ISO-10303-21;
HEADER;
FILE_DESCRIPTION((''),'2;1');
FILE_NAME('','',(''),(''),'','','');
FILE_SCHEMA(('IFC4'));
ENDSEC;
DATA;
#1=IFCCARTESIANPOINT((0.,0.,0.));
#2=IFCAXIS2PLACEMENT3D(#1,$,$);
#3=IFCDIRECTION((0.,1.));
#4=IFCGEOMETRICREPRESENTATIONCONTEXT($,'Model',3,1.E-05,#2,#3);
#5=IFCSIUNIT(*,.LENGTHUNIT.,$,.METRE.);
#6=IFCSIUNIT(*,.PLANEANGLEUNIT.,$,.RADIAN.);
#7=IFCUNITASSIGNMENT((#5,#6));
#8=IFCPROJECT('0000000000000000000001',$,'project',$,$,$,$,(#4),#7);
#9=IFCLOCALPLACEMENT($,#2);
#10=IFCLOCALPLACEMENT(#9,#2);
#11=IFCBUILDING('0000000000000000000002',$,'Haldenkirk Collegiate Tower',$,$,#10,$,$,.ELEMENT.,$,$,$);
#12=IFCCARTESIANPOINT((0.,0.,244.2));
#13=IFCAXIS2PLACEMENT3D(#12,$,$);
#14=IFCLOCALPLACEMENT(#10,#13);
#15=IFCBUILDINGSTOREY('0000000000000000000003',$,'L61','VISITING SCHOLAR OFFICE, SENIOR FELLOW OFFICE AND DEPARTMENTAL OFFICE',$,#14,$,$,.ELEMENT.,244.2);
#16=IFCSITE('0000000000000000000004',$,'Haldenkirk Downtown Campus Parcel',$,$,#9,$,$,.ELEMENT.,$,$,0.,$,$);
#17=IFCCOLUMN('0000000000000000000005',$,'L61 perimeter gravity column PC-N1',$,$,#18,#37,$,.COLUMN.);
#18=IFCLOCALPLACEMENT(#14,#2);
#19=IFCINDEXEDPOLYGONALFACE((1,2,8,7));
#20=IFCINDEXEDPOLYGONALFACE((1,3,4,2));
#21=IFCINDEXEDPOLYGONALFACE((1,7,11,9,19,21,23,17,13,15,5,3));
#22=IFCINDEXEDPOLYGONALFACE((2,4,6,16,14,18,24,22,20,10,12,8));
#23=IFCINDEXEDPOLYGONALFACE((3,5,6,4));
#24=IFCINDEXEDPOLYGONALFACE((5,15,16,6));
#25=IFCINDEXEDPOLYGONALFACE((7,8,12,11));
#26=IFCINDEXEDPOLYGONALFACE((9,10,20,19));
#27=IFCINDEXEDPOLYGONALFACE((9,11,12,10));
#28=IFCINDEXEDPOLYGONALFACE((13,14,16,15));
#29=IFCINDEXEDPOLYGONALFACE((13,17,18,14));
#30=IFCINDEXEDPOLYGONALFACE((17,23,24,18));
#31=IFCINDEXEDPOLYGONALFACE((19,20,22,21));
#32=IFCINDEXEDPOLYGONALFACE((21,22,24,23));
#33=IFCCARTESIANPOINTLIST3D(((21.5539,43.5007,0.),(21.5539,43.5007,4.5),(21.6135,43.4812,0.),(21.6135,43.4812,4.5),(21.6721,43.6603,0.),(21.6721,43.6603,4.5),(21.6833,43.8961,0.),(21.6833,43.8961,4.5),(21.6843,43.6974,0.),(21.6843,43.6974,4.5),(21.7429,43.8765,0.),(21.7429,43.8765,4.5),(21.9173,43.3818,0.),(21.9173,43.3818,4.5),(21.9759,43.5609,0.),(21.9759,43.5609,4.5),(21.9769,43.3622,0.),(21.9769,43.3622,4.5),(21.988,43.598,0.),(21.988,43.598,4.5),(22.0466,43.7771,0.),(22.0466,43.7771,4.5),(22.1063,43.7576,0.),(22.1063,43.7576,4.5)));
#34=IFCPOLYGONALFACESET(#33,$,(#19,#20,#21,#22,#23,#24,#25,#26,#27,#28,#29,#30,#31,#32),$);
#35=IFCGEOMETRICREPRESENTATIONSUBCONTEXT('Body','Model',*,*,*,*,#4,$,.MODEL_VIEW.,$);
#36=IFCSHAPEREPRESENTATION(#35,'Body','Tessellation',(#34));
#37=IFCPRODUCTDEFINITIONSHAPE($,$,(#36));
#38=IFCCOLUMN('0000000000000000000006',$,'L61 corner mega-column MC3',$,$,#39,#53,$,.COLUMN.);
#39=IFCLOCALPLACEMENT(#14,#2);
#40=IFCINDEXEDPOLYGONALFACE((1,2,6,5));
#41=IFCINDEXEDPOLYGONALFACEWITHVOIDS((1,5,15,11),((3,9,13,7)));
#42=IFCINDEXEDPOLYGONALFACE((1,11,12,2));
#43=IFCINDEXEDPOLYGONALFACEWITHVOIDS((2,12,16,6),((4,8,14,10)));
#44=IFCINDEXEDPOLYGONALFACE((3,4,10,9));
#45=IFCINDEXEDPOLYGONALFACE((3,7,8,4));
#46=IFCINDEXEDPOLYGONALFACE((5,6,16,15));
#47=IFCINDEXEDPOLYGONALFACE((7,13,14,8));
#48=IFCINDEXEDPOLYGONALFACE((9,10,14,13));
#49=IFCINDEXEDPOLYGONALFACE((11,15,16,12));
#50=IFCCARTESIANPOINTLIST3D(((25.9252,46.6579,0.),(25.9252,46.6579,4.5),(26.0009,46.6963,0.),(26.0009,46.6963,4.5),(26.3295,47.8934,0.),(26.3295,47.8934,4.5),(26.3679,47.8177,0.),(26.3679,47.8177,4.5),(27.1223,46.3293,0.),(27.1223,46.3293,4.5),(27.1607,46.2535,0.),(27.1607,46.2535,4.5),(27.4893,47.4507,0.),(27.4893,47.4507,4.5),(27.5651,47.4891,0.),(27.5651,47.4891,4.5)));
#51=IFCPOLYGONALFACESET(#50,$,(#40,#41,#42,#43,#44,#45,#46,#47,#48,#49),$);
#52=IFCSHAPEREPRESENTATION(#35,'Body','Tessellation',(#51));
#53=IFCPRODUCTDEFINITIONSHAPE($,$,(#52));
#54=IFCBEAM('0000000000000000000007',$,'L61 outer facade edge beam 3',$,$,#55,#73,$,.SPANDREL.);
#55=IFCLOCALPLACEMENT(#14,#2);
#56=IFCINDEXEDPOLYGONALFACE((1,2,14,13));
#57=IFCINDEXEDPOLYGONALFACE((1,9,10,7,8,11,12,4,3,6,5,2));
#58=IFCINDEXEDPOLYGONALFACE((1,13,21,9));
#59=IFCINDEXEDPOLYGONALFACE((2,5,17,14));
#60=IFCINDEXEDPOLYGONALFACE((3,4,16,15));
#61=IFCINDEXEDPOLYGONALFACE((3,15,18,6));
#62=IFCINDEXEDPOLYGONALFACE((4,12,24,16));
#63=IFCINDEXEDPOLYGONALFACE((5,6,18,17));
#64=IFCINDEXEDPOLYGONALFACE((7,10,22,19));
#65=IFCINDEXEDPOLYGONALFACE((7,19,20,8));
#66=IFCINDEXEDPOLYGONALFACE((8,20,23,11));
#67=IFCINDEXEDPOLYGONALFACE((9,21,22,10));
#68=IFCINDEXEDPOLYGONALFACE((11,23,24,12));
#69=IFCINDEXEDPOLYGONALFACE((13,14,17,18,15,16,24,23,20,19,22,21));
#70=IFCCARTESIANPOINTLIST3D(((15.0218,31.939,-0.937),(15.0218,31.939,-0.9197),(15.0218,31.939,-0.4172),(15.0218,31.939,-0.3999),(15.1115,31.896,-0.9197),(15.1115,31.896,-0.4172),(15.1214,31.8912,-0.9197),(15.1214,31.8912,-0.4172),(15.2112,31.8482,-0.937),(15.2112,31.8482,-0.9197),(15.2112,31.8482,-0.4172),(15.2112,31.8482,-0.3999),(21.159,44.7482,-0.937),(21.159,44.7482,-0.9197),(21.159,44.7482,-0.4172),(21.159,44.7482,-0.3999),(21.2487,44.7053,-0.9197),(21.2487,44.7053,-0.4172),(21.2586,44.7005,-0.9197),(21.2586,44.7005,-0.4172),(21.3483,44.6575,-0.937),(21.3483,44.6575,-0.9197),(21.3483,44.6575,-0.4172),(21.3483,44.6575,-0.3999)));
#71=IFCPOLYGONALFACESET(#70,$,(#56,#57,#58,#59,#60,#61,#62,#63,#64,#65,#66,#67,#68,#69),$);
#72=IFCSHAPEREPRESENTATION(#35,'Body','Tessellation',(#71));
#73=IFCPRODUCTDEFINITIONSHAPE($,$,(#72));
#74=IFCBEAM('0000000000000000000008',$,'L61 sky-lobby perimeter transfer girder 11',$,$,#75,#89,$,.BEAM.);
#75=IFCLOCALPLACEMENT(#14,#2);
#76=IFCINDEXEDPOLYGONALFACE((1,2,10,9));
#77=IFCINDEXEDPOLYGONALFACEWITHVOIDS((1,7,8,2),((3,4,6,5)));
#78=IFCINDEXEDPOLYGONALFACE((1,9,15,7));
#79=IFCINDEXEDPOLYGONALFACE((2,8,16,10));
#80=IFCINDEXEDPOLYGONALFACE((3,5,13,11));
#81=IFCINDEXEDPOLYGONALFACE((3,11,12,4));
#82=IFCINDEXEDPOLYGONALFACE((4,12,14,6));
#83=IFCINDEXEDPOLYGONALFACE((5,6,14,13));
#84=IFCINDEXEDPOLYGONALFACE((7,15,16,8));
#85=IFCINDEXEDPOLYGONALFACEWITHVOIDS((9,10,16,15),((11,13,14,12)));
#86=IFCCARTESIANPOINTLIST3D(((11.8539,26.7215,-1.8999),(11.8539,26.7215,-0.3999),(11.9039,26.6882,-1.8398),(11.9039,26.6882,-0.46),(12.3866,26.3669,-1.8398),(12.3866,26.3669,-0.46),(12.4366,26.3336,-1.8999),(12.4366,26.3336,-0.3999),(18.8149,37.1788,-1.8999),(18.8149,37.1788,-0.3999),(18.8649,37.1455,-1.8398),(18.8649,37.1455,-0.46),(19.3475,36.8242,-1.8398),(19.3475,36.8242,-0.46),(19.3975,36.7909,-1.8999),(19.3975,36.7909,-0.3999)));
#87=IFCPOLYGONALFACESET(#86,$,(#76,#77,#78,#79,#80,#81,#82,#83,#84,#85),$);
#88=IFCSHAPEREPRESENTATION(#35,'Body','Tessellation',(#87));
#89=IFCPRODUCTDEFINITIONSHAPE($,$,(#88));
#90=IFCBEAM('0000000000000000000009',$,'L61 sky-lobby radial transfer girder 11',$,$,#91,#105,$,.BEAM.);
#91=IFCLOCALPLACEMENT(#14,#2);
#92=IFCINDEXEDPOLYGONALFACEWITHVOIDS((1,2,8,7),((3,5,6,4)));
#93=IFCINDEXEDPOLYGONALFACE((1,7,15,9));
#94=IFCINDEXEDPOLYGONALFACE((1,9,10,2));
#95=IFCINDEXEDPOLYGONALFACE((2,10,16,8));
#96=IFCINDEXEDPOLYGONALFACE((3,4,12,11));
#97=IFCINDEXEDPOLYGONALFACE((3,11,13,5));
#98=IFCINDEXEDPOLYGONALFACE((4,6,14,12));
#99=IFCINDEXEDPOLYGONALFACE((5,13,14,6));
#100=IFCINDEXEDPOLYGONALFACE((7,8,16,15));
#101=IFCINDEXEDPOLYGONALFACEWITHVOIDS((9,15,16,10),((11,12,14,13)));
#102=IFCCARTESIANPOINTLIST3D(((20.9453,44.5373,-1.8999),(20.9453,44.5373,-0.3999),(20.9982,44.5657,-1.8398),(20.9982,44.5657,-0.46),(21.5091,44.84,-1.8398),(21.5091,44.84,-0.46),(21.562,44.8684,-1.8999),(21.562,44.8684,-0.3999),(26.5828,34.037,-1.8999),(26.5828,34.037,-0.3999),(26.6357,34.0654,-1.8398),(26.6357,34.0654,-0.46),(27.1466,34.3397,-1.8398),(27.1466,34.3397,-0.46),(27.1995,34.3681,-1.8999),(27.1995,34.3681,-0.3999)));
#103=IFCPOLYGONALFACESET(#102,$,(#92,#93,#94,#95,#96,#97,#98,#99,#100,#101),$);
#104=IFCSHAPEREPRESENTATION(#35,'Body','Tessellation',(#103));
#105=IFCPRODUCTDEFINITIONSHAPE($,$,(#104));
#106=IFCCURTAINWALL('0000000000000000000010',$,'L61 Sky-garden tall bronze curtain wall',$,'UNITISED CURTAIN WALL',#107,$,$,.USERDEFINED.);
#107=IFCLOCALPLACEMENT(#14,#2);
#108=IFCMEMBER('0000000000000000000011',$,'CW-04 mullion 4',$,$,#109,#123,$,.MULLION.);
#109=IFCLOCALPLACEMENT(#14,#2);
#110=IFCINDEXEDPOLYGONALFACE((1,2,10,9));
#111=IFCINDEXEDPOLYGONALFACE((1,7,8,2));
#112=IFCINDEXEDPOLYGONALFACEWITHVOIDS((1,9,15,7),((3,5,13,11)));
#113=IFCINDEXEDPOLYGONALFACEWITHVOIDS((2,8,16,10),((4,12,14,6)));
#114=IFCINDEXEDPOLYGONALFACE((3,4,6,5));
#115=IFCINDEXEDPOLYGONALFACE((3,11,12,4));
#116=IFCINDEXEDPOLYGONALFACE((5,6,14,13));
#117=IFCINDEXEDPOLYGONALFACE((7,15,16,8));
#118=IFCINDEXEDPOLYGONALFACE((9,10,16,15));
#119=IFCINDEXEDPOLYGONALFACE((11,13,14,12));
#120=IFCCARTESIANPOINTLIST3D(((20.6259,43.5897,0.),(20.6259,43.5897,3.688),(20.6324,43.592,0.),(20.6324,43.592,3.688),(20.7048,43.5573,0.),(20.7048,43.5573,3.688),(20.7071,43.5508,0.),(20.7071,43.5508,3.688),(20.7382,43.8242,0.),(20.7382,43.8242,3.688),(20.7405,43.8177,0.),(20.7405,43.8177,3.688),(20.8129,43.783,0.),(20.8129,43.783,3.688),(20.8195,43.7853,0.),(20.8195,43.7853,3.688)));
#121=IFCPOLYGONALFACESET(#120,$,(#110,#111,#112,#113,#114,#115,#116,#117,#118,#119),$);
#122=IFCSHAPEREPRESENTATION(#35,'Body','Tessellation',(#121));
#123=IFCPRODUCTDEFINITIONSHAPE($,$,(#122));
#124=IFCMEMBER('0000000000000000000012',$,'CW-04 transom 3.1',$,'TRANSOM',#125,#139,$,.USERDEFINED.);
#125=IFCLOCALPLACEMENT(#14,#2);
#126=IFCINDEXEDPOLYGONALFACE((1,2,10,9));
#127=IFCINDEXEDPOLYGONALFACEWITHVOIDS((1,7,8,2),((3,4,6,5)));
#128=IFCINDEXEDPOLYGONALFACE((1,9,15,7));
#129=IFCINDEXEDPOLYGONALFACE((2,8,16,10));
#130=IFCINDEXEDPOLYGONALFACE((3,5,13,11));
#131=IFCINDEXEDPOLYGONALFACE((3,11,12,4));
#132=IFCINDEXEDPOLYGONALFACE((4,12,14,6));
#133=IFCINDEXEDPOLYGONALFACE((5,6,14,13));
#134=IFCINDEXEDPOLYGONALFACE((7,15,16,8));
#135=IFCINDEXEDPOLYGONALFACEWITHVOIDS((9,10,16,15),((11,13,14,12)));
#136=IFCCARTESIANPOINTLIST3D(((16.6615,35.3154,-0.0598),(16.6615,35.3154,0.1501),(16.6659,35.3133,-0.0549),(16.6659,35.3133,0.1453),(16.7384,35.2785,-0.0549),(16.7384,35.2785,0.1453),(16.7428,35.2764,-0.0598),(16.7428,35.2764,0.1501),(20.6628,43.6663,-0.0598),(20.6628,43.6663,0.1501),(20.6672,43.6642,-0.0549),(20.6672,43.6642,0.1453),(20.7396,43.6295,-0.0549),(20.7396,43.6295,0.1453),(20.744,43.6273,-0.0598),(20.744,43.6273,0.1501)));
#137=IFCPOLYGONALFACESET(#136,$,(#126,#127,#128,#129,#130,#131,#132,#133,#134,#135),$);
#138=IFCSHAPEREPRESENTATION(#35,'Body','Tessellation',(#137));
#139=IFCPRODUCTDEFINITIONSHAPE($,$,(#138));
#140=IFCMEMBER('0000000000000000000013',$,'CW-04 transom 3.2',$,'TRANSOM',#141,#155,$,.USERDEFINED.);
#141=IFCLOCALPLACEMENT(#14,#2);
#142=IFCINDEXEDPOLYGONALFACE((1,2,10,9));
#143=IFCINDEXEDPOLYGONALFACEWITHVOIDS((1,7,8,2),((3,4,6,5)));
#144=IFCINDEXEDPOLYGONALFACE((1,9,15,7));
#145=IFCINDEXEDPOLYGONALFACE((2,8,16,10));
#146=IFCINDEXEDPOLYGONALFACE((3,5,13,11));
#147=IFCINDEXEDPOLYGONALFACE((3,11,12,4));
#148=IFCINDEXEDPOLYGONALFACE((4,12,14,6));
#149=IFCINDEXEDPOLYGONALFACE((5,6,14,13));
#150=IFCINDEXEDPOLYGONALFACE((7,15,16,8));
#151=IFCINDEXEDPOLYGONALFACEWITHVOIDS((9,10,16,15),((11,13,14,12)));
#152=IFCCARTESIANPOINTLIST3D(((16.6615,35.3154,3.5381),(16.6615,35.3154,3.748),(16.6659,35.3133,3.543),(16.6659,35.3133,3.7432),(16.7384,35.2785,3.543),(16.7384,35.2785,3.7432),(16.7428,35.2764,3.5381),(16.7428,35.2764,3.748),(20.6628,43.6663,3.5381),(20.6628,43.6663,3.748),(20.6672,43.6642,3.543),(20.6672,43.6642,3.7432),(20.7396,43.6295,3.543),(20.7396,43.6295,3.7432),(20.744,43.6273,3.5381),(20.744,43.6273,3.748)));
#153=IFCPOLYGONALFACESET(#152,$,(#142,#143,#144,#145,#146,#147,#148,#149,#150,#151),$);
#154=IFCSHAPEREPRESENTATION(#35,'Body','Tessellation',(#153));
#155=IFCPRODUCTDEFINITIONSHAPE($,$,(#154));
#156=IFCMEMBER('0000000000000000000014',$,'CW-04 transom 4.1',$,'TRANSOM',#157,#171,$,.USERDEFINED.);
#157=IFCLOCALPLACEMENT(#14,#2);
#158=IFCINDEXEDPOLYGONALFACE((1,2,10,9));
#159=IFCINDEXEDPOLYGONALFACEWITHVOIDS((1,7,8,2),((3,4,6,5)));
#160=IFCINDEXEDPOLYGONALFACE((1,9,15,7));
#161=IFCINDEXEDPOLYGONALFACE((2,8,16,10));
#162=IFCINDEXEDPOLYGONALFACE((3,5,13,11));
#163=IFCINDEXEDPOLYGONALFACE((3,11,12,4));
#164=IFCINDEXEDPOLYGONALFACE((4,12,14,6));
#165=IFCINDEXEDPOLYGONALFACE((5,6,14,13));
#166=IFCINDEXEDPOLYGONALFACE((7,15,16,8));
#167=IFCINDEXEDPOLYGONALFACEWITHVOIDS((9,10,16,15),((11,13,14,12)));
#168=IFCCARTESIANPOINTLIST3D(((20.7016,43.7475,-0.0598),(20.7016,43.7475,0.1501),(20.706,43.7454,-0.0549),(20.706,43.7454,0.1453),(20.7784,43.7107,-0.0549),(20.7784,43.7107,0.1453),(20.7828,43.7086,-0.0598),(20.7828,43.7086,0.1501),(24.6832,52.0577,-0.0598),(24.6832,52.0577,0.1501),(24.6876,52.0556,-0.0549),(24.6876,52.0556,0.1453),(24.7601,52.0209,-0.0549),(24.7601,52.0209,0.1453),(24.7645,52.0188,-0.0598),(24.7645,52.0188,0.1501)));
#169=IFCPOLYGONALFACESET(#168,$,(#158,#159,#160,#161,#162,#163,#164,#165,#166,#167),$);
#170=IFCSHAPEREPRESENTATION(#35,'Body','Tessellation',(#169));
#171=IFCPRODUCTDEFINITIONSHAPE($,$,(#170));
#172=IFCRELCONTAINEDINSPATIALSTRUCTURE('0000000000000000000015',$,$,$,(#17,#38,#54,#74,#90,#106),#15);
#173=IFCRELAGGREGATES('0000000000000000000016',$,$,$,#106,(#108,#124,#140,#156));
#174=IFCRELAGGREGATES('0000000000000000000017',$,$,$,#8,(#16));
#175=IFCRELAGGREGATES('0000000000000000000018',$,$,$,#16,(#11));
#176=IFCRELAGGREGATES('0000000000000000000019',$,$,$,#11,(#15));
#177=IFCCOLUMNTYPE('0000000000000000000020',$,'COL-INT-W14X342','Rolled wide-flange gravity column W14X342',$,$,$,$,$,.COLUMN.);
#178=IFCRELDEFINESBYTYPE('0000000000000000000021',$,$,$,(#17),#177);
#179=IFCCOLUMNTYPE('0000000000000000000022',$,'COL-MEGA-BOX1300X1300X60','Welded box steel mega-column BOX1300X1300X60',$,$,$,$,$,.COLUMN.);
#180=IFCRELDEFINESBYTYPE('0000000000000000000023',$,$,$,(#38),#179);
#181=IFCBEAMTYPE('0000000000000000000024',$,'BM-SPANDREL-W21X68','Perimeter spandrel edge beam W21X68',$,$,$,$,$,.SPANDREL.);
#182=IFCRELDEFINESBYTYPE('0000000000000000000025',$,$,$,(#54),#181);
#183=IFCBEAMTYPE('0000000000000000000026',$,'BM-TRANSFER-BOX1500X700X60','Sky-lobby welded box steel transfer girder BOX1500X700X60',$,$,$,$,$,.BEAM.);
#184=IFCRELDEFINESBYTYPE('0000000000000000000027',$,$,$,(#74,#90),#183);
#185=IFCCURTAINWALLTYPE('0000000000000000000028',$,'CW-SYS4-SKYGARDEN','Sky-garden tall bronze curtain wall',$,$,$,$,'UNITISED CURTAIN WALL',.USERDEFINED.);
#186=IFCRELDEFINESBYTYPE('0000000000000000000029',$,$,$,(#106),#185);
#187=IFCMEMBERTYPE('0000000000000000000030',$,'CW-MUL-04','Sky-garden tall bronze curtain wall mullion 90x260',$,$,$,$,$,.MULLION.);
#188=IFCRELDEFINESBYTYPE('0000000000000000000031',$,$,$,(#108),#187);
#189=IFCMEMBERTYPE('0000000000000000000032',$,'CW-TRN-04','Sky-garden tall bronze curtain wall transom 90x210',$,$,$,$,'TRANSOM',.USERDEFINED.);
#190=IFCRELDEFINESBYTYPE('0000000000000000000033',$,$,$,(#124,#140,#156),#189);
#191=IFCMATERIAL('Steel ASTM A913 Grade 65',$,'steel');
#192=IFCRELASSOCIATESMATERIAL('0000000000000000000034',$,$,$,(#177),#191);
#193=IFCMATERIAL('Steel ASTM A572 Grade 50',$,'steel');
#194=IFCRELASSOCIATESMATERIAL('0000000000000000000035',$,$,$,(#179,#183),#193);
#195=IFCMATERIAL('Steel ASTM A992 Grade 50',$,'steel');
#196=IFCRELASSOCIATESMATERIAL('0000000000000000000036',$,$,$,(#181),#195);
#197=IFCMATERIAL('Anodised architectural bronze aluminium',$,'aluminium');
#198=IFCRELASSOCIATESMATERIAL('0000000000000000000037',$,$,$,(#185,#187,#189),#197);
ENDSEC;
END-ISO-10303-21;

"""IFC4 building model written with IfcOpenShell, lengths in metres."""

from ifc_helpers import new_model, si_unit, direction, frame, origin, origin_2d, place, context, subcontext, project, spatial, hollow_rectangle, i_section, extrude, material, material_profile, profile_set, type_object, element, aggregate, save


model = new_model("IFC4")

# Units and contexts
model_context = context("Model", 3, precision=1e-05, world=origin(), true_north=direction((0.0, 1.0)))
body_context = subcontext(model_context, "Body", "Model", "MODEL_VIEW")
ifc_project = project(units=[si_unit("LENGTHUNIT", "METRE"), si_unit("PLANEANGLEUNIT", "RADIAN")], contexts=[model_context])

# Site, building, storey
site_placement = place(None, origin())
site = spatial("IfcSite", under=ifc_project, at=site_placement, Name="Haldenkirk Downtown Campus Parcel", CompositionType="ELEMENT", RefElevation=0.0)
building_placement = place(site_placement, origin())
building = spatial("IfcBuilding", under=site, at=building_placement, Name="Haldenkirk Collegiate Tower", CompositionType="ELEMENT")
storey_placement = place(building_placement, frame((0.0, 0.0, 244.2)))
storey = spatial("IfcBuildingStorey", under=building, at=storey_placement, Name="L61", Description="VISITING SCHOLAR OFFICE, SENIOR FELLOW OFFICE AND DEPARTMENTAL OFFICE", CompositionType="ELEMENT", Elevation=244.2)

# Columns
ifc_material_1 = material(Name="Steel ASTM A913 Grade 65", Category="steel")
ifc_material_profile_1 = material_profile(ifc_material_1, i_section(OverallWidth=0.416, OverallDepth=0.4451, WebThickness=0.0391, FlangeThickness=0.0627, at=origin_2d()), Name="W14X342")
ifc_profile_set_1 = profile_set([ifc_material_profile_1], Name="Steel ASTM A913 Grade 65")
column_type_1 = type_object("IfcColumnType", Name="COL-INT-W14X342", Description="Rolled wide-flange gravity column W14X342", PredefinedType="COLUMN", material=ifc_profile_set_1)
column_1_placement = place(storey_placement, frame((21.8301, 43.6292, 0.0), z_axis=(0.0, 0.0, 1.0), x_axis=(0.311008, 0.950407, 0.0)))
element("IfcColumn", 1, at=column_1_placement, inside=storey, type_object=column_type_1, Name="L61 perimeter gravity column PC-N1", PredefinedType="COLUMN", context=body_context, shape_type="SweptSolid", body=[
    extrude(i_section(OverallWidth=0.416, OverallDepth=0.4451, WebThickness=0.0391, FlangeThickness=0.0627, at=origin_2d()), origin(), (0.0, 0.0, 1.0), 4.5),
])
ifc_material_2 = material(Name="Steel ASTM A572 Grade 50", Category="steel")
ifc_material_profile_2 = material_profile(ifc_material_2, hollow_rectangle(XDim=1.3, YDim=1.3, WallThickness=0.0601, at=origin_2d()), Name="BOX1300X1300X60")
ifc_profile_set_2 = profile_set([ifc_material_profile_2], Name="Steel ASTM A572 Grade 50")
column_type_2 = type_object("IfcColumnType", Name="COL-MEGA-BOX1300X1300X60", Description="Welded box steel mega-column BOX1300X1300X60", PredefinedType="COLUMN", material=ifc_profile_set_2)
column_2_placement = place(storey_placement, frame((26.7451, 47.0735, 0.0), z_axis=(0.0, 0.0, 1.0), x_axis=(0.311008, 0.950407, 0.0)))
element("IfcColumn", 2, at=column_2_placement, inside=storey, type_object=column_type_2, Name="L61 corner mega-column MC3", PredefinedType="COLUMN", context=body_context, shape_type="SweptSolid", body=[
    extrude(hollow_rectangle(XDim=1.3, YDim=1.3, WallThickness=0.0601, at=origin_2d()), origin(), (0.0, 0.0, 1.0), 4.5),
])

# Beams
ifc_material_3 = material(Name="Steel ASTM A992 Grade 50", Category="steel")
ifc_material_profile_3 = material_profile(ifc_material_3, i_section(OverallWidth=0.21, OverallDepth=0.5371, WebThickness=0.011, FlangeThickness=0.0173, at=origin_2d()), Name="W21X68")
ifc_profile_set_3 = profile_set([ifc_material_profile_3], Name="Steel ASTM A992 Grade 50")
beam_type_1 = type_object("IfcBeamType", Name="BM-SPANDREL-W21X68", Description="Perimeter spandrel edge beam W21X68", PredefinedType="SPANDREL", material=ifc_profile_set_3)
beam_1_placement = place(storey_placement, frame((21.2537, 44.7029, -0.6685), z_axis=(-0.432086, -0.901832, 0.0), x_axis=(0.901832, -0.432086, 0.0)))
element("IfcBeam", 3, at=beam_1_placement, inside=storey, type_object=beam_type_1, Name="L61 outer facade edge beam 3", PredefinedType="SPANDREL", context=body_context, shape_type="SweptSolid", body=[
    extrude(i_section(OverallWidth=0.21, OverallDepth=0.5371, WebThickness=0.011, FlangeThickness=0.0173, at=origin_2d()), origin(), (0.0, 0.0, 1.0), 14.2036),
])
ifc_material_profile_4 = material_profile(ifc_material_2, hollow_rectangle(XDim=0.7, YDim=1.5, WallThickness=0.0601, at=origin_2d()), Name="BOX1500X700X60")
ifc_profile_set_4 = profile_set([ifc_material_profile_4], Name="Steel ASTM A572 Grade 50")
beam_type_2 = type_object("IfcBeamType", Name="BM-TRANSFER-BOX1500X700X60", Description="Sky-lobby welded box steel transfer girder BOX1500X700X60", PredefinedType="BEAM", material=ifc_profile_set_4)
beam_2_placement = place(storey_placement, frame((19.1062, 36.9849, -1.1499), z_axis=(-0.554117, -0.832439, 0.0), x_axis=(0.832439, -0.554117, 0.0)))
element("IfcBeam", 4, at=beam_2_placement, inside=storey, type_object=beam_type_2, Name="L61 sky-lobby perimeter transfer girder 11", PredefinedType="BEAM", context=body_context, shape_type="SweptSolid", body=[
    extrude(hollow_rectangle(XDim=0.7, YDim=1.5, WallThickness=0.0601, at=origin_2d()), origin(), (0.0, 0.0, 1.0), 12.5623),
])
beam_3_placement = place(storey_placement, frame((21.2537, 44.7029, -1.1499), z_axis=(0.473024, -0.881049, 0.0), x_axis=(0.881049, 0.473024, 0.0)))
element("IfcBeam", 5, at=beam_3_placement, inside=storey, type_object=beam_type_2, Name="L61 sky-lobby radial transfer girder 11", PredefinedType="BEAM", context=body_context, shape_type="SweptSolid", body=[
    extrude(hollow_rectangle(XDim=0.7, YDim=1.5, WallThickness=0.0601, at=origin_2d()), origin(), (0.0, 0.0, 1.0), 11.918),
])

# Curtain wall, members
ifc_material_4 = material(Name="Anodised architectural bronze aluminium", Category="aluminium")
curtain_wall_type = type_object("IfcCurtainWallType", Name="CW-SYS4-SKYGARDEN", Description="Sky-garden tall bronze curtain wall", ElementType="UNITISED CURTAIN WALL", PredefinedType="USERDEFINED", material=ifc_material_4)
curtain_wall_placement = place(storey_placement, origin())
curtain_wall = element("IfcCurtainWall", 6, at=curtain_wall_placement, inside=storey, type_object=curtain_wall_type, Name="L61 Sky-garden tall bronze curtain wall", ObjectType="UNITISED CURTAIN WALL", PredefinedType="USERDEFINED")
ifc_material_profile_5 = material_profile(ifc_material_4, hollow_rectangle(XDim=0.0901, YDim=0.26, WallThickness=0.0049, at=origin_2d()), Name="CW-MUL-04")
ifc_profile_set_5 = profile_set([ifc_material_profile_5], Name="Anodised architectural bronze aluminium")
member_type_1 = type_object("IfcMemberType", Name="CW-MUL-04", Description="Sky-garden tall bronze curtain wall mullion 90x260", PredefinedType="MULLION", material=ifc_profile_set_5)
member_1_placement = place(storey_placement, frame((20.7227, 43.6875, 0.0), z_axis=(0.0, 0.0, 1.0), x_axis=(-0.901833, 0.432084, 0.0)))
member_1 = element("IfcMember", 7, at=member_1_placement, type_object=member_type_1, Name="CW-04 mullion 4", PredefinedType="MULLION", context=body_context, shape_type="SweptSolid", body=[
    extrude(hollow_rectangle(XDim=0.0901, YDim=0.26, WallThickness=0.0049, at=origin_2d()), origin(), (0.0, 0.0, 1.0), 3.688),
])
ifc_material_profile_6 = material_profile(ifc_material_4, hollow_rectangle(XDim=0.0901, YDim=0.21, WallThickness=0.0049, at=origin_2d()), Name="CW-TRN-04")
ifc_profile_set_6 = profile_set([ifc_material_profile_6], Name="Anodised architectural bronze aluminium")
member_type_2 = type_object("IfcMemberType", Name="CW-TRN-04", Description="Sky-garden tall bronze curtain wall transom 90x210", ElementType="TRANSOM", PredefinedType="USERDEFINED", material=ifc_profile_set_6)
member_2_placement = place(storey_placement, frame((16.7021, 35.2959, 0.0452), z_axis=(0.432101, 0.901825, 0.0), x_axis=(-0.901825, 0.432101, 0.0)))
member_2 = element("IfcMember", 8, at=member_2_placement, type_object=member_type_2, Name="CW-04 transom 3.1", ObjectType="TRANSOM", PredefinedType="USERDEFINED", context=body_context, shape_type="SweptSolid", body=[
    extrude(hollow_rectangle(XDim=0.0901, YDim=0.21, WallThickness=0.0049, at=origin_2d()), origin(), (0.0, 0.0, 1.0), 9.26),
])
member_3_placement = place(storey_placement, frame((16.7021, 35.2959, 3.6431), z_axis=(0.432101, 0.901825, 0.0), x_axis=(-0.901825, 0.432101, 0.0)))
member_3 = element("IfcMember", 9, at=member_3_placement, type_object=member_type_2, Name="CW-04 transom 3.2", ObjectType="TRANSOM", PredefinedType="USERDEFINED", context=body_context, shape_type="SweptSolid", body=[
    extrude(hollow_rectangle(XDim=0.0901, YDim=0.21, WallThickness=0.0049, at=origin_2d()), origin(), (0.0, 0.0, 1.0), 9.26),
])
member_4_placement = place(storey_placement, frame((20.7422, 43.728, 0.0452), z_axis=(0.432091, 0.90183, 0.0), x_axis=(-0.90183, 0.432091, 0.0)))
member_4 = element("IfcMember", 10, at=member_4_placement, type_object=member_type_2, Name="CW-04 transom 4.1", ObjectType="TRANSOM", PredefinedType="USERDEFINED", context=body_context, shape_type="SweptSolid", body=[
    extrude(hollow_rectangle(XDim=0.0901, YDim=0.21, WallThickness=0.0049, at=origin_2d()), origin(), (0.0, 0.0, 1.0), 9.2148),
])

aggregate(curtain_wall, [member_1, member_2, member_3, member_4])

save(model, "model.ifc")
